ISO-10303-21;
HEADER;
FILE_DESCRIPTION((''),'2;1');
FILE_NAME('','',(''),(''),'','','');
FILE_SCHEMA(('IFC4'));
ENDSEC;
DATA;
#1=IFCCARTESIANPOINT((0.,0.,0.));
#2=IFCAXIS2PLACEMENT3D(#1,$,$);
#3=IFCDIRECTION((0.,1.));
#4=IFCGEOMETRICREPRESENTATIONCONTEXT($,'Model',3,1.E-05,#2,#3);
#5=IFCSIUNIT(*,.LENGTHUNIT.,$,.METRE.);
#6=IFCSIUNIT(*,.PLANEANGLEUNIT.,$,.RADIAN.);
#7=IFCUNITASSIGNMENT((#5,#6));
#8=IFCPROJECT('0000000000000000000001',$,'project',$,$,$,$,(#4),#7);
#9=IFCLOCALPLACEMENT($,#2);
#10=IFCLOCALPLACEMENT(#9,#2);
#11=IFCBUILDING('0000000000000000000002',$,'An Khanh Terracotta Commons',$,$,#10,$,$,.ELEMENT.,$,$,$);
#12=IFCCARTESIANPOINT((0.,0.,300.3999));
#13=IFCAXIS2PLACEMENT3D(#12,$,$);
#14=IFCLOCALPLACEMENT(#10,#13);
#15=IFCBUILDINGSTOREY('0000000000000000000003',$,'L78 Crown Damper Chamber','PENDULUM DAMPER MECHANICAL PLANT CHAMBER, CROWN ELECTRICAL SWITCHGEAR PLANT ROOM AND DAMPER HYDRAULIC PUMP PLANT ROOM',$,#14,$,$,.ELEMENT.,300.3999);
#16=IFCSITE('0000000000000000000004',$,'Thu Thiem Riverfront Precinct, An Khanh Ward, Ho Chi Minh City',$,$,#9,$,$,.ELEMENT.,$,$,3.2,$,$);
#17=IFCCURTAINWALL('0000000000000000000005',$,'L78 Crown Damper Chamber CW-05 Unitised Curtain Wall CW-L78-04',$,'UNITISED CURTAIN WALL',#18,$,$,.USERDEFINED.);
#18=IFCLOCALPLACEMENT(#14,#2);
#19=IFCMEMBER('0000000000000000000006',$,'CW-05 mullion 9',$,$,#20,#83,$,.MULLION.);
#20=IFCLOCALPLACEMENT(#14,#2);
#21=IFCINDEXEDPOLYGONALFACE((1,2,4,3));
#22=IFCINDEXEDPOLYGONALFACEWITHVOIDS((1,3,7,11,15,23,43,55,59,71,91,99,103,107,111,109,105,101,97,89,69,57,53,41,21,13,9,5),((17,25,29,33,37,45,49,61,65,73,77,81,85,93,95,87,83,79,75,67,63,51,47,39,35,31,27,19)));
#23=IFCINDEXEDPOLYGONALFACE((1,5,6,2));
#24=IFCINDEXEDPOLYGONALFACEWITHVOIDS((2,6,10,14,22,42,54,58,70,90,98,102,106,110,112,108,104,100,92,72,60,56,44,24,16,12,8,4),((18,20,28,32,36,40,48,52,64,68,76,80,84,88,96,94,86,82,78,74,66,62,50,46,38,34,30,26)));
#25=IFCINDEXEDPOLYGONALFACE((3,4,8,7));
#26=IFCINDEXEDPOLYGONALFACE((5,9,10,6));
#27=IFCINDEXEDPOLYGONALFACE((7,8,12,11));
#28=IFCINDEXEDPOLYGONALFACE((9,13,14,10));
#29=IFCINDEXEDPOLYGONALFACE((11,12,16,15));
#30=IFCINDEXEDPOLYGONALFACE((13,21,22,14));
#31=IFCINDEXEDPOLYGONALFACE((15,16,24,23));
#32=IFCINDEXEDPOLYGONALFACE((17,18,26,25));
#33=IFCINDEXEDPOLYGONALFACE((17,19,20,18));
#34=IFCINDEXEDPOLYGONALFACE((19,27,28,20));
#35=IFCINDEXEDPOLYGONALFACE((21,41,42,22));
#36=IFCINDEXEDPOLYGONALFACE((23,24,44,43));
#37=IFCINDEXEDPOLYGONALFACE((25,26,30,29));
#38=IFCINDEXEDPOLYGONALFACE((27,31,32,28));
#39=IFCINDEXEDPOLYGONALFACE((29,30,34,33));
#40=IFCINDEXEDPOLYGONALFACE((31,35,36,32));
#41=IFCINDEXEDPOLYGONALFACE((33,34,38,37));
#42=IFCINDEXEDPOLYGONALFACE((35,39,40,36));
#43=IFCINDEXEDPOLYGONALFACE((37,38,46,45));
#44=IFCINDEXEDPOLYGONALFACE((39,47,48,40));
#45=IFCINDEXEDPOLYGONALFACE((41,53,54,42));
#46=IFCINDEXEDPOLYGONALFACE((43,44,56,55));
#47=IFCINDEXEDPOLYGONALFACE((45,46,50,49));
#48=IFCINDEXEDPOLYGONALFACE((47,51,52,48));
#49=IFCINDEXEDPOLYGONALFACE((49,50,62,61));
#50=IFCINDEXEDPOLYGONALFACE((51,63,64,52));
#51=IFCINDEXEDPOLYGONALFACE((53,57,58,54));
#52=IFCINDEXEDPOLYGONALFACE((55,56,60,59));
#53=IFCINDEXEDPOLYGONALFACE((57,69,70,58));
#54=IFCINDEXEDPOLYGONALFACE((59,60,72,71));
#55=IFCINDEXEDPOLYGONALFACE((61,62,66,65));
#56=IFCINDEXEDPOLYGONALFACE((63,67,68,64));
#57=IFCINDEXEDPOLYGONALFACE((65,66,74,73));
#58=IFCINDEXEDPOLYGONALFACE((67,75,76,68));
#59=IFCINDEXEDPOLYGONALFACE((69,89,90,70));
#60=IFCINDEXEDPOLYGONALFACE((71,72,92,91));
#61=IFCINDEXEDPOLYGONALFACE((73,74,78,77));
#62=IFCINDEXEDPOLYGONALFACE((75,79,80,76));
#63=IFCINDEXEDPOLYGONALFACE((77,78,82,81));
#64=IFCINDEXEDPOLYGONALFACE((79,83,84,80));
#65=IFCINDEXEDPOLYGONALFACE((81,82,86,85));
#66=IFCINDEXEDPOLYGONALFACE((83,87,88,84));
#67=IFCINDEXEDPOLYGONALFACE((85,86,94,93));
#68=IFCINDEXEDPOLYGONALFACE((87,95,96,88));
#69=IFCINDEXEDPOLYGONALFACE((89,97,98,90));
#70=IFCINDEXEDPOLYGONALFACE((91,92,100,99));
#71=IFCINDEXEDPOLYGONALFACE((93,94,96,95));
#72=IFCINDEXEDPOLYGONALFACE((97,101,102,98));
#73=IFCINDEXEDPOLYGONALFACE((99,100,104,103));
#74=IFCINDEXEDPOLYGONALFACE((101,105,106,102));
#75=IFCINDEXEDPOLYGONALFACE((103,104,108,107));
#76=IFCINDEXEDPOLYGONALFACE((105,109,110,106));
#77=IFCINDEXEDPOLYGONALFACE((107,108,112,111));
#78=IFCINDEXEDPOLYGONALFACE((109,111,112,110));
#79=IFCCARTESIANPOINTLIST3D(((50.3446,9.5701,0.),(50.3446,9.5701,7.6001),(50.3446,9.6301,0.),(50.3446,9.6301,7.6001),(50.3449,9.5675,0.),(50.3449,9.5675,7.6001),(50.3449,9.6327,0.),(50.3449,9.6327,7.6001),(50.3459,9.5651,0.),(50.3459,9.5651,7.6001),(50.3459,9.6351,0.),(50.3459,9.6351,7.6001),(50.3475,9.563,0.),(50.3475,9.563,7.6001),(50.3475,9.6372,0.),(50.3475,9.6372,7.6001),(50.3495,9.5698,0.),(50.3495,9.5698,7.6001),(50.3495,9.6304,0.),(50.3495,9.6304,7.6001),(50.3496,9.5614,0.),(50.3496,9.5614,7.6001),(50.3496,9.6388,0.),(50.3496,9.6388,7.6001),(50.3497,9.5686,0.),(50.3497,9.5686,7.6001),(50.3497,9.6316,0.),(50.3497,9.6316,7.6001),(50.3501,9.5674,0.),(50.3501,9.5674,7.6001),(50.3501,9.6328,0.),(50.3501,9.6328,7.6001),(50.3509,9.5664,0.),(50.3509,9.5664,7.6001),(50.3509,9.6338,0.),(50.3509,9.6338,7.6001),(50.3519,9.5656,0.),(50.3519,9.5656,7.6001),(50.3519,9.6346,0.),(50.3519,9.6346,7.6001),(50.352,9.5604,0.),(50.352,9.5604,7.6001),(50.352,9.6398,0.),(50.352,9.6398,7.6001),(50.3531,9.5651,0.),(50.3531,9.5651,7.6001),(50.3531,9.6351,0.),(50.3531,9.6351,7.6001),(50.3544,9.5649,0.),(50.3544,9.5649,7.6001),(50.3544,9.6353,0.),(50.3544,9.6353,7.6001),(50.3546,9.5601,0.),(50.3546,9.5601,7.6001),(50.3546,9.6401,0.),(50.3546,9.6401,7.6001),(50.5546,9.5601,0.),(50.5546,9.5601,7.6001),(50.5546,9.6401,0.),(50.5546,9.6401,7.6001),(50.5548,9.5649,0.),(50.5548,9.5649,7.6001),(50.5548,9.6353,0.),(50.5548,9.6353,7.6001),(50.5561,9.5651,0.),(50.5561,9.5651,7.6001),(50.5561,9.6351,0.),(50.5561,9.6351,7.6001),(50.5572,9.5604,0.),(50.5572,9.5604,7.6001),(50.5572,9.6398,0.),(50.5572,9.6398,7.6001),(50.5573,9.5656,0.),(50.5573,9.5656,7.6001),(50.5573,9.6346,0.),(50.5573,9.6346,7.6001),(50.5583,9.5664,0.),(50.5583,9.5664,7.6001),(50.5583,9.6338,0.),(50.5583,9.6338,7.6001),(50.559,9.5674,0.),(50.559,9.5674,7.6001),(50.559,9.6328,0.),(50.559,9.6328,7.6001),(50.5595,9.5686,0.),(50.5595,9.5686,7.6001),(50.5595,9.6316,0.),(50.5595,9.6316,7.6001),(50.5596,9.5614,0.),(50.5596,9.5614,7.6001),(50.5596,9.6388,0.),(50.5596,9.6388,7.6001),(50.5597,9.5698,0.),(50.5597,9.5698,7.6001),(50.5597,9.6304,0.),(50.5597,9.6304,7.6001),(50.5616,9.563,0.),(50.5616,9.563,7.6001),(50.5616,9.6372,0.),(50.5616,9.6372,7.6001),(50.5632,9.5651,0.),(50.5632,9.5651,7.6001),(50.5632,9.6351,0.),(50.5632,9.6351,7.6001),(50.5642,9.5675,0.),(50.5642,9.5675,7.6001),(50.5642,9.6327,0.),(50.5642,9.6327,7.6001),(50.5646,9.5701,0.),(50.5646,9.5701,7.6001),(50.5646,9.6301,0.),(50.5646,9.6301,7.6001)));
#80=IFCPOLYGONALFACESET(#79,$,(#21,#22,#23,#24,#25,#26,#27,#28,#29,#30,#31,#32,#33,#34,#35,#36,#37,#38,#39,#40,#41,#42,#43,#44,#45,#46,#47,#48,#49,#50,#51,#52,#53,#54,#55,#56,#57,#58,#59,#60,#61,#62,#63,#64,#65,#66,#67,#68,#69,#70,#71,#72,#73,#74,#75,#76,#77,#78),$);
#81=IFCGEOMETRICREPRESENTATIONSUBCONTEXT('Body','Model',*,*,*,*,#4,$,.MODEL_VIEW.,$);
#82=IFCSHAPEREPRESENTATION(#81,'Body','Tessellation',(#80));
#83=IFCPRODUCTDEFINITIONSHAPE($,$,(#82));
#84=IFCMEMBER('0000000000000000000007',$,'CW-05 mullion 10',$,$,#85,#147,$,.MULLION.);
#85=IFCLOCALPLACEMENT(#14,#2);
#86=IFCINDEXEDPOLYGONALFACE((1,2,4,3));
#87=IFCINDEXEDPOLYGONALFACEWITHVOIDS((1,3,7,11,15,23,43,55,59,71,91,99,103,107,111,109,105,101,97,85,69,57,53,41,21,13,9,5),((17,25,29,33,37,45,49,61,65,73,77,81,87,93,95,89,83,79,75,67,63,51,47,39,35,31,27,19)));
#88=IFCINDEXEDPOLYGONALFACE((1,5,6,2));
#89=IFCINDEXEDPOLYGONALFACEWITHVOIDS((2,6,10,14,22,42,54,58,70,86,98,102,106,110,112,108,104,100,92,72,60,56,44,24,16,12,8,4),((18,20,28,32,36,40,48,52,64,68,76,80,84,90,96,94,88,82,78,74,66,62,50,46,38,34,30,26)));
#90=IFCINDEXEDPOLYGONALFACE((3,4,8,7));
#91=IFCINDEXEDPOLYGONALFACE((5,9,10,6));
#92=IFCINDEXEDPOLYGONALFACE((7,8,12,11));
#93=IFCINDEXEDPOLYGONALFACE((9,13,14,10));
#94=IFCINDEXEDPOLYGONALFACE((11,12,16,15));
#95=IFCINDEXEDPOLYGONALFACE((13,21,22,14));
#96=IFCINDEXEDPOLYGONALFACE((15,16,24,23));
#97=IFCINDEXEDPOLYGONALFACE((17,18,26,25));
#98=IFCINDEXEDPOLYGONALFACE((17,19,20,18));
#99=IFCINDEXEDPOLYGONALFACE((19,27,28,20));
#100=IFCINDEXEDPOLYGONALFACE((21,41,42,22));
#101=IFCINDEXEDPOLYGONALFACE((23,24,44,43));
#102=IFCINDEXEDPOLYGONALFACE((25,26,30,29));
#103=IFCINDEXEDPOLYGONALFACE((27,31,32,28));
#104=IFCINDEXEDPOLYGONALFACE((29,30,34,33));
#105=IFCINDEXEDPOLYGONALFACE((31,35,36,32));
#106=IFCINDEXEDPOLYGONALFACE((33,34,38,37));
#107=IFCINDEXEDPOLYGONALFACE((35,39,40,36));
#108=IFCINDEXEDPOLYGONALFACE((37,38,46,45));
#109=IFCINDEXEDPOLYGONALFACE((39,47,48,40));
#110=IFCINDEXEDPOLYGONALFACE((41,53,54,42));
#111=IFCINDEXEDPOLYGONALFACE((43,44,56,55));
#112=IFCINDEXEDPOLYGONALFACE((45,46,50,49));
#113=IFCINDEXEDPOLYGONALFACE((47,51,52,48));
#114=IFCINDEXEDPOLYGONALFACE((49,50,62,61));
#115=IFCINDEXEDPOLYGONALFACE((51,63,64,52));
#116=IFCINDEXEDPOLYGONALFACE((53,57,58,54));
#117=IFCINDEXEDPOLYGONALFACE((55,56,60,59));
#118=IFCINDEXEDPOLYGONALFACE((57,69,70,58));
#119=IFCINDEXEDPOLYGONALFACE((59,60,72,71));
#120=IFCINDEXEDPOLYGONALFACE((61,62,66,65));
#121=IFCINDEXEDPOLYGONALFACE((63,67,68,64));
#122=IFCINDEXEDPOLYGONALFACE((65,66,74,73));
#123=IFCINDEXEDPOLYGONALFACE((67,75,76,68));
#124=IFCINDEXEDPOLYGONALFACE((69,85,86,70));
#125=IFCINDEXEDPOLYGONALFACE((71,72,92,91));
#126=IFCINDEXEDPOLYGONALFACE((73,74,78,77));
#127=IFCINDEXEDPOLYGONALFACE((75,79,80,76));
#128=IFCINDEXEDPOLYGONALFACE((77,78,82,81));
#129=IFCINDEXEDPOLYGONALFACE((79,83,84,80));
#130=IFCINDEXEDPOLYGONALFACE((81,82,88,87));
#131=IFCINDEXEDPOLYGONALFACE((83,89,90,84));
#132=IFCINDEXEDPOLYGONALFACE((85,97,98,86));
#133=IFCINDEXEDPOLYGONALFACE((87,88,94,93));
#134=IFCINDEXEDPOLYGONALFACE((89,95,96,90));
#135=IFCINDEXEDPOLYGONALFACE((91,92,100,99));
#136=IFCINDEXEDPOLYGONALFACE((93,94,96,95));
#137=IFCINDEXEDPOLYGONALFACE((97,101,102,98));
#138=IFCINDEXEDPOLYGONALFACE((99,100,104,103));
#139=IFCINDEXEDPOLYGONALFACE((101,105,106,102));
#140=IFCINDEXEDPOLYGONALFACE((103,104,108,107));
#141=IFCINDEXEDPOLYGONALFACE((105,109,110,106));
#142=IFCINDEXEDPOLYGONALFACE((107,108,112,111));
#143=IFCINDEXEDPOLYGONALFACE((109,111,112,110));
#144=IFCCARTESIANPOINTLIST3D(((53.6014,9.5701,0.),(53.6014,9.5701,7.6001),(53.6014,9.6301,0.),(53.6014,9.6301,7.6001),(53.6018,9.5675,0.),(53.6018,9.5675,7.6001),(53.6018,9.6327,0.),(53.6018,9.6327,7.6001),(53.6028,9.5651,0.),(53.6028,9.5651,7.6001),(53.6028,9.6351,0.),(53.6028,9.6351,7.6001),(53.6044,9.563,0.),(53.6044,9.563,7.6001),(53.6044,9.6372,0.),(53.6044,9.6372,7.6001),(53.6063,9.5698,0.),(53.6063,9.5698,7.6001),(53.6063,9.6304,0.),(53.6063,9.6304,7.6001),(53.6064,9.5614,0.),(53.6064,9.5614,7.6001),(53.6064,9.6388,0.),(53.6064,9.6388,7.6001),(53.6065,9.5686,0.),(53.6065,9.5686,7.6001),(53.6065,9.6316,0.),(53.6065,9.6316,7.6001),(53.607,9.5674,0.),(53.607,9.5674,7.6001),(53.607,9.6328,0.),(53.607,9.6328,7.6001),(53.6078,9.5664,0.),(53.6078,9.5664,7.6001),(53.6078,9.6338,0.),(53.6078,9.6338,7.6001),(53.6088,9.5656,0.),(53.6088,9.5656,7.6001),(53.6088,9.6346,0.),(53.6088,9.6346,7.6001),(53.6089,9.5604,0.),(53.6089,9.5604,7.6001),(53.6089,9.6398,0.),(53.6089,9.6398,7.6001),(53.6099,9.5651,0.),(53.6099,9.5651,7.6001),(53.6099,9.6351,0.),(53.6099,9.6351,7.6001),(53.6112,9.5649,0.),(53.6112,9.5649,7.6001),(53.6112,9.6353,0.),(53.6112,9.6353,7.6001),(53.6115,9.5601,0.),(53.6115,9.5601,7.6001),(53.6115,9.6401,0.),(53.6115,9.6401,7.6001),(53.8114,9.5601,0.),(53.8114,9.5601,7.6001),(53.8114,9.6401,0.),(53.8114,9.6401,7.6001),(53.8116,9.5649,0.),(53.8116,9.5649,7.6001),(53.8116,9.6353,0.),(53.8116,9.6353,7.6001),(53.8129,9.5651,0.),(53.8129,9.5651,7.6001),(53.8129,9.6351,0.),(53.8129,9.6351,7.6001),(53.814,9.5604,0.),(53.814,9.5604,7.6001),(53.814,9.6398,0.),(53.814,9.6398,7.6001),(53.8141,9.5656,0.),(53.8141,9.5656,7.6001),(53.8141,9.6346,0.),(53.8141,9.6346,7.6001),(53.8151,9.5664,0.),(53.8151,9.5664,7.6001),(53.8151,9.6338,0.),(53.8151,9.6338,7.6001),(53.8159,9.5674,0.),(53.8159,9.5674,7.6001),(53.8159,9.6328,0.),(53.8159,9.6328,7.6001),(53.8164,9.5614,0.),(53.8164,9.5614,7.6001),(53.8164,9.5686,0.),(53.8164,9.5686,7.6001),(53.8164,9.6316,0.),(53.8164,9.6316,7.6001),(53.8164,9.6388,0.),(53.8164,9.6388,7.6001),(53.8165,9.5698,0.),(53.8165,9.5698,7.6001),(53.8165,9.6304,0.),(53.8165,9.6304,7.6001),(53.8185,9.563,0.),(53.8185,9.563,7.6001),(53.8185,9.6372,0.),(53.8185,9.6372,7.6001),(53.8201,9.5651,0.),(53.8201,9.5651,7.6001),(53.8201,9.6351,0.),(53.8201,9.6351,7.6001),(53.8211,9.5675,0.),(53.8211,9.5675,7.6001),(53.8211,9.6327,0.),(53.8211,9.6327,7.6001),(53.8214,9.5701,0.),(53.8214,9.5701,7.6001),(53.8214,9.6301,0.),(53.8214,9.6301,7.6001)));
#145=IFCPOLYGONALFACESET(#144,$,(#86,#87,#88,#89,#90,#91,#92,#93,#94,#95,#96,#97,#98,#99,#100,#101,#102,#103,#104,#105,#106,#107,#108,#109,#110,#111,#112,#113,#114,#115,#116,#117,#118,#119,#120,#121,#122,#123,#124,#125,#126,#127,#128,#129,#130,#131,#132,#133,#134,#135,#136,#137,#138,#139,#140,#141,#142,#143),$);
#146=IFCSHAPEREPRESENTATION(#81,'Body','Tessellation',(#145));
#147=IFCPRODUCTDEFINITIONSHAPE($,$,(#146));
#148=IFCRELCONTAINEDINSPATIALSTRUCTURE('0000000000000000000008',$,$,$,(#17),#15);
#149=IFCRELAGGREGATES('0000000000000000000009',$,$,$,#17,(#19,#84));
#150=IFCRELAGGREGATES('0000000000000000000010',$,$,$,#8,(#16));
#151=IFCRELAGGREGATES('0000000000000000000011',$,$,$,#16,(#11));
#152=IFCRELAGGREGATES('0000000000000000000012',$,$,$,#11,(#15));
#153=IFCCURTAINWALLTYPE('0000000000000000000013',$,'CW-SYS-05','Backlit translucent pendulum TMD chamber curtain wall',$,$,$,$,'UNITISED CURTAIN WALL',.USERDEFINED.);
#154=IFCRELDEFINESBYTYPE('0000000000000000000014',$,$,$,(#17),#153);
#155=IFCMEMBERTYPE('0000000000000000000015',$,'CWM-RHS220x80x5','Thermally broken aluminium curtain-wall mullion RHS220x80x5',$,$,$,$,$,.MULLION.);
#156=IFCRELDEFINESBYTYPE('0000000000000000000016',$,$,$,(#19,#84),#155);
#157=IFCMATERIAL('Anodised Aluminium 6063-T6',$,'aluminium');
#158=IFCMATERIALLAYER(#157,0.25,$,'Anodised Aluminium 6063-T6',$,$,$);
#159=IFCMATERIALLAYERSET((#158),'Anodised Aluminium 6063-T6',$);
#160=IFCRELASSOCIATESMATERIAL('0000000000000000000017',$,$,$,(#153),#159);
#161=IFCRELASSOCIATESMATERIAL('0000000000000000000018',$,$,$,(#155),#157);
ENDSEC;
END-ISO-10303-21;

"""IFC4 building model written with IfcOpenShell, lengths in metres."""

from ifc_helpers import new_model, si_unit, direction, frame, origin, origin_2d, place, context, subcontext, project, spatial, hollow_rectangle, extrude, material, layer, layer_set, material_profile, profile_set, type_object, element, aggregate, save


model = new_model("IFC4")

# Units and contexts
model_context = context("Model", 3, precision=1e-05, world=origin(), true_north=direction((0.0, 1.0)))
body_context = subcontext(model_context, "Body", "Model", "MODEL_VIEW")
ifc_project = project(units=[si_unit("LENGTHUNIT", "METRE"), si_unit("PLANEANGLEUNIT", "RADIAN")], contexts=[model_context])

# Site, building, storey
site_placement = place(None, origin())
site = spatial("IfcSite", under=ifc_project, at=site_placement, Name="Thu Thiem Riverfront Precinct, An Khanh Ward, Ho Chi Minh City", CompositionType="ELEMENT", RefElevation=3.2)
building_placement = place(site_placement, origin())
building = spatial("IfcBuilding", under=site, at=building_placement, Name="An Khanh Terracotta Commons", CompositionType="ELEMENT")
storey_placement = place(building_placement, frame((0.0, 0.0, 300.3999)))
storey = spatial("IfcBuildingStorey", under=building, at=storey_placement, Name="L78 Crown Damper Chamber", Description="PENDULUM DAMPER MECHANICAL PLANT CHAMBER, CROWN ELECTRICAL SWITCHGEAR PLANT ROOM AND DAMPER HYDRAULIC PUMP PLANT ROOM", CompositionType="ELEMENT", Elevation=300.3999)

# Curtain wall, members
ifc_material_1 = material(Name="Anodised Aluminium 6063-T6", Category="aluminium")
ifc_layer_1 = layer(ifc_material_1, 0.25, Name="Anodised Aluminium 6063-T6")
ifc_layer_set_1 = layer_set([ifc_layer_1], Name="Anodised Aluminium 6063-T6")
curtain_wall_type = type_object("IfcCurtainWallType", Name="CW-SYS-05", Description="Backlit translucent pendulum TMD chamber curtain wall", ElementType="UNITISED CURTAIN WALL", PredefinedType="USERDEFINED", material=ifc_layer_set_1)
curtain_wall_placement = place(storey_placement, origin())
curtain_wall = element("IfcCurtainWall", 1, at=curtain_wall_placement, inside=storey, type_object=curtain_wall_type, Name="L78 Crown Damper Chamber CW-05 Unitised Curtain Wall CW-L78-04", ObjectType="UNITISED CURTAIN WALL", PredefinedType="USERDEFINED")
ifc_material_profile_1 = material_profile(ifc_material_1, hollow_rectangle(XDim=0.0801, YDim=0.22, WallThickness=0.0049, InnerFilletRadius=0.0049, OuterFilletRadius=0.01, at=origin_2d()), Name="RHS220x80x5")
ifc_profile_set_1 = profile_set([ifc_material_profile_1], Name="Anodised Aluminium 6063-T6")
member_type_1 = type_object("IfcMemberType", Name="CWM-RHS220x80x5", Description="Thermally broken aluminium curtain-wall mullion RHS220x80x5", PredefinedType="MULLION", material=ifc_profile_set_1)
member_1_placement = place(storey_placement, frame((50.4546, 9.6001, 0.0), z_axis=(0.0, 0.0, 1.0), x_axis=(0.0, 1.0, 0.0)))
member_1 = element("IfcMember", 2, at=member_1_placement, type_object=member_type_1, Name="CW-05 mullion 9", PredefinedType="MULLION", context=body_context, shape_type="SweptSolid", body=[
    extrude(hollow_rectangle(XDim=0.0801, YDim=0.22, WallThickness=0.0049, InnerFilletRadius=0.0049, OuterFilletRadius=0.01, at=origin_2d()), origin(), (0.0, 0.0, 1.0), 7.6001),
])
member_2_placement = place(storey_placement, frame((53.7114, 9.6001, 0.0), z_axis=(0.0, 0.0, 1.0), x_axis=(0.0, 1.0, 0.0)))
member_2 = element("IfcMember", 3, at=member_2_placement, type_object=member_type_1, Name="CW-05 mullion 10", PredefinedType="MULLION", context=body_context, shape_type="SweptSolid", body=[
    extrude(hollow_rectangle(XDim=0.0801, YDim=0.22, WallThickness=0.0049, InnerFilletRadius=0.0049, OuterFilletRadius=0.01, at=origin_2d()), origin(), (0.0, 0.0, 1.0), 7.6001),
])

aggregate(curtain_wall, [member_1, member_2])

save(model, "model.ifc")
